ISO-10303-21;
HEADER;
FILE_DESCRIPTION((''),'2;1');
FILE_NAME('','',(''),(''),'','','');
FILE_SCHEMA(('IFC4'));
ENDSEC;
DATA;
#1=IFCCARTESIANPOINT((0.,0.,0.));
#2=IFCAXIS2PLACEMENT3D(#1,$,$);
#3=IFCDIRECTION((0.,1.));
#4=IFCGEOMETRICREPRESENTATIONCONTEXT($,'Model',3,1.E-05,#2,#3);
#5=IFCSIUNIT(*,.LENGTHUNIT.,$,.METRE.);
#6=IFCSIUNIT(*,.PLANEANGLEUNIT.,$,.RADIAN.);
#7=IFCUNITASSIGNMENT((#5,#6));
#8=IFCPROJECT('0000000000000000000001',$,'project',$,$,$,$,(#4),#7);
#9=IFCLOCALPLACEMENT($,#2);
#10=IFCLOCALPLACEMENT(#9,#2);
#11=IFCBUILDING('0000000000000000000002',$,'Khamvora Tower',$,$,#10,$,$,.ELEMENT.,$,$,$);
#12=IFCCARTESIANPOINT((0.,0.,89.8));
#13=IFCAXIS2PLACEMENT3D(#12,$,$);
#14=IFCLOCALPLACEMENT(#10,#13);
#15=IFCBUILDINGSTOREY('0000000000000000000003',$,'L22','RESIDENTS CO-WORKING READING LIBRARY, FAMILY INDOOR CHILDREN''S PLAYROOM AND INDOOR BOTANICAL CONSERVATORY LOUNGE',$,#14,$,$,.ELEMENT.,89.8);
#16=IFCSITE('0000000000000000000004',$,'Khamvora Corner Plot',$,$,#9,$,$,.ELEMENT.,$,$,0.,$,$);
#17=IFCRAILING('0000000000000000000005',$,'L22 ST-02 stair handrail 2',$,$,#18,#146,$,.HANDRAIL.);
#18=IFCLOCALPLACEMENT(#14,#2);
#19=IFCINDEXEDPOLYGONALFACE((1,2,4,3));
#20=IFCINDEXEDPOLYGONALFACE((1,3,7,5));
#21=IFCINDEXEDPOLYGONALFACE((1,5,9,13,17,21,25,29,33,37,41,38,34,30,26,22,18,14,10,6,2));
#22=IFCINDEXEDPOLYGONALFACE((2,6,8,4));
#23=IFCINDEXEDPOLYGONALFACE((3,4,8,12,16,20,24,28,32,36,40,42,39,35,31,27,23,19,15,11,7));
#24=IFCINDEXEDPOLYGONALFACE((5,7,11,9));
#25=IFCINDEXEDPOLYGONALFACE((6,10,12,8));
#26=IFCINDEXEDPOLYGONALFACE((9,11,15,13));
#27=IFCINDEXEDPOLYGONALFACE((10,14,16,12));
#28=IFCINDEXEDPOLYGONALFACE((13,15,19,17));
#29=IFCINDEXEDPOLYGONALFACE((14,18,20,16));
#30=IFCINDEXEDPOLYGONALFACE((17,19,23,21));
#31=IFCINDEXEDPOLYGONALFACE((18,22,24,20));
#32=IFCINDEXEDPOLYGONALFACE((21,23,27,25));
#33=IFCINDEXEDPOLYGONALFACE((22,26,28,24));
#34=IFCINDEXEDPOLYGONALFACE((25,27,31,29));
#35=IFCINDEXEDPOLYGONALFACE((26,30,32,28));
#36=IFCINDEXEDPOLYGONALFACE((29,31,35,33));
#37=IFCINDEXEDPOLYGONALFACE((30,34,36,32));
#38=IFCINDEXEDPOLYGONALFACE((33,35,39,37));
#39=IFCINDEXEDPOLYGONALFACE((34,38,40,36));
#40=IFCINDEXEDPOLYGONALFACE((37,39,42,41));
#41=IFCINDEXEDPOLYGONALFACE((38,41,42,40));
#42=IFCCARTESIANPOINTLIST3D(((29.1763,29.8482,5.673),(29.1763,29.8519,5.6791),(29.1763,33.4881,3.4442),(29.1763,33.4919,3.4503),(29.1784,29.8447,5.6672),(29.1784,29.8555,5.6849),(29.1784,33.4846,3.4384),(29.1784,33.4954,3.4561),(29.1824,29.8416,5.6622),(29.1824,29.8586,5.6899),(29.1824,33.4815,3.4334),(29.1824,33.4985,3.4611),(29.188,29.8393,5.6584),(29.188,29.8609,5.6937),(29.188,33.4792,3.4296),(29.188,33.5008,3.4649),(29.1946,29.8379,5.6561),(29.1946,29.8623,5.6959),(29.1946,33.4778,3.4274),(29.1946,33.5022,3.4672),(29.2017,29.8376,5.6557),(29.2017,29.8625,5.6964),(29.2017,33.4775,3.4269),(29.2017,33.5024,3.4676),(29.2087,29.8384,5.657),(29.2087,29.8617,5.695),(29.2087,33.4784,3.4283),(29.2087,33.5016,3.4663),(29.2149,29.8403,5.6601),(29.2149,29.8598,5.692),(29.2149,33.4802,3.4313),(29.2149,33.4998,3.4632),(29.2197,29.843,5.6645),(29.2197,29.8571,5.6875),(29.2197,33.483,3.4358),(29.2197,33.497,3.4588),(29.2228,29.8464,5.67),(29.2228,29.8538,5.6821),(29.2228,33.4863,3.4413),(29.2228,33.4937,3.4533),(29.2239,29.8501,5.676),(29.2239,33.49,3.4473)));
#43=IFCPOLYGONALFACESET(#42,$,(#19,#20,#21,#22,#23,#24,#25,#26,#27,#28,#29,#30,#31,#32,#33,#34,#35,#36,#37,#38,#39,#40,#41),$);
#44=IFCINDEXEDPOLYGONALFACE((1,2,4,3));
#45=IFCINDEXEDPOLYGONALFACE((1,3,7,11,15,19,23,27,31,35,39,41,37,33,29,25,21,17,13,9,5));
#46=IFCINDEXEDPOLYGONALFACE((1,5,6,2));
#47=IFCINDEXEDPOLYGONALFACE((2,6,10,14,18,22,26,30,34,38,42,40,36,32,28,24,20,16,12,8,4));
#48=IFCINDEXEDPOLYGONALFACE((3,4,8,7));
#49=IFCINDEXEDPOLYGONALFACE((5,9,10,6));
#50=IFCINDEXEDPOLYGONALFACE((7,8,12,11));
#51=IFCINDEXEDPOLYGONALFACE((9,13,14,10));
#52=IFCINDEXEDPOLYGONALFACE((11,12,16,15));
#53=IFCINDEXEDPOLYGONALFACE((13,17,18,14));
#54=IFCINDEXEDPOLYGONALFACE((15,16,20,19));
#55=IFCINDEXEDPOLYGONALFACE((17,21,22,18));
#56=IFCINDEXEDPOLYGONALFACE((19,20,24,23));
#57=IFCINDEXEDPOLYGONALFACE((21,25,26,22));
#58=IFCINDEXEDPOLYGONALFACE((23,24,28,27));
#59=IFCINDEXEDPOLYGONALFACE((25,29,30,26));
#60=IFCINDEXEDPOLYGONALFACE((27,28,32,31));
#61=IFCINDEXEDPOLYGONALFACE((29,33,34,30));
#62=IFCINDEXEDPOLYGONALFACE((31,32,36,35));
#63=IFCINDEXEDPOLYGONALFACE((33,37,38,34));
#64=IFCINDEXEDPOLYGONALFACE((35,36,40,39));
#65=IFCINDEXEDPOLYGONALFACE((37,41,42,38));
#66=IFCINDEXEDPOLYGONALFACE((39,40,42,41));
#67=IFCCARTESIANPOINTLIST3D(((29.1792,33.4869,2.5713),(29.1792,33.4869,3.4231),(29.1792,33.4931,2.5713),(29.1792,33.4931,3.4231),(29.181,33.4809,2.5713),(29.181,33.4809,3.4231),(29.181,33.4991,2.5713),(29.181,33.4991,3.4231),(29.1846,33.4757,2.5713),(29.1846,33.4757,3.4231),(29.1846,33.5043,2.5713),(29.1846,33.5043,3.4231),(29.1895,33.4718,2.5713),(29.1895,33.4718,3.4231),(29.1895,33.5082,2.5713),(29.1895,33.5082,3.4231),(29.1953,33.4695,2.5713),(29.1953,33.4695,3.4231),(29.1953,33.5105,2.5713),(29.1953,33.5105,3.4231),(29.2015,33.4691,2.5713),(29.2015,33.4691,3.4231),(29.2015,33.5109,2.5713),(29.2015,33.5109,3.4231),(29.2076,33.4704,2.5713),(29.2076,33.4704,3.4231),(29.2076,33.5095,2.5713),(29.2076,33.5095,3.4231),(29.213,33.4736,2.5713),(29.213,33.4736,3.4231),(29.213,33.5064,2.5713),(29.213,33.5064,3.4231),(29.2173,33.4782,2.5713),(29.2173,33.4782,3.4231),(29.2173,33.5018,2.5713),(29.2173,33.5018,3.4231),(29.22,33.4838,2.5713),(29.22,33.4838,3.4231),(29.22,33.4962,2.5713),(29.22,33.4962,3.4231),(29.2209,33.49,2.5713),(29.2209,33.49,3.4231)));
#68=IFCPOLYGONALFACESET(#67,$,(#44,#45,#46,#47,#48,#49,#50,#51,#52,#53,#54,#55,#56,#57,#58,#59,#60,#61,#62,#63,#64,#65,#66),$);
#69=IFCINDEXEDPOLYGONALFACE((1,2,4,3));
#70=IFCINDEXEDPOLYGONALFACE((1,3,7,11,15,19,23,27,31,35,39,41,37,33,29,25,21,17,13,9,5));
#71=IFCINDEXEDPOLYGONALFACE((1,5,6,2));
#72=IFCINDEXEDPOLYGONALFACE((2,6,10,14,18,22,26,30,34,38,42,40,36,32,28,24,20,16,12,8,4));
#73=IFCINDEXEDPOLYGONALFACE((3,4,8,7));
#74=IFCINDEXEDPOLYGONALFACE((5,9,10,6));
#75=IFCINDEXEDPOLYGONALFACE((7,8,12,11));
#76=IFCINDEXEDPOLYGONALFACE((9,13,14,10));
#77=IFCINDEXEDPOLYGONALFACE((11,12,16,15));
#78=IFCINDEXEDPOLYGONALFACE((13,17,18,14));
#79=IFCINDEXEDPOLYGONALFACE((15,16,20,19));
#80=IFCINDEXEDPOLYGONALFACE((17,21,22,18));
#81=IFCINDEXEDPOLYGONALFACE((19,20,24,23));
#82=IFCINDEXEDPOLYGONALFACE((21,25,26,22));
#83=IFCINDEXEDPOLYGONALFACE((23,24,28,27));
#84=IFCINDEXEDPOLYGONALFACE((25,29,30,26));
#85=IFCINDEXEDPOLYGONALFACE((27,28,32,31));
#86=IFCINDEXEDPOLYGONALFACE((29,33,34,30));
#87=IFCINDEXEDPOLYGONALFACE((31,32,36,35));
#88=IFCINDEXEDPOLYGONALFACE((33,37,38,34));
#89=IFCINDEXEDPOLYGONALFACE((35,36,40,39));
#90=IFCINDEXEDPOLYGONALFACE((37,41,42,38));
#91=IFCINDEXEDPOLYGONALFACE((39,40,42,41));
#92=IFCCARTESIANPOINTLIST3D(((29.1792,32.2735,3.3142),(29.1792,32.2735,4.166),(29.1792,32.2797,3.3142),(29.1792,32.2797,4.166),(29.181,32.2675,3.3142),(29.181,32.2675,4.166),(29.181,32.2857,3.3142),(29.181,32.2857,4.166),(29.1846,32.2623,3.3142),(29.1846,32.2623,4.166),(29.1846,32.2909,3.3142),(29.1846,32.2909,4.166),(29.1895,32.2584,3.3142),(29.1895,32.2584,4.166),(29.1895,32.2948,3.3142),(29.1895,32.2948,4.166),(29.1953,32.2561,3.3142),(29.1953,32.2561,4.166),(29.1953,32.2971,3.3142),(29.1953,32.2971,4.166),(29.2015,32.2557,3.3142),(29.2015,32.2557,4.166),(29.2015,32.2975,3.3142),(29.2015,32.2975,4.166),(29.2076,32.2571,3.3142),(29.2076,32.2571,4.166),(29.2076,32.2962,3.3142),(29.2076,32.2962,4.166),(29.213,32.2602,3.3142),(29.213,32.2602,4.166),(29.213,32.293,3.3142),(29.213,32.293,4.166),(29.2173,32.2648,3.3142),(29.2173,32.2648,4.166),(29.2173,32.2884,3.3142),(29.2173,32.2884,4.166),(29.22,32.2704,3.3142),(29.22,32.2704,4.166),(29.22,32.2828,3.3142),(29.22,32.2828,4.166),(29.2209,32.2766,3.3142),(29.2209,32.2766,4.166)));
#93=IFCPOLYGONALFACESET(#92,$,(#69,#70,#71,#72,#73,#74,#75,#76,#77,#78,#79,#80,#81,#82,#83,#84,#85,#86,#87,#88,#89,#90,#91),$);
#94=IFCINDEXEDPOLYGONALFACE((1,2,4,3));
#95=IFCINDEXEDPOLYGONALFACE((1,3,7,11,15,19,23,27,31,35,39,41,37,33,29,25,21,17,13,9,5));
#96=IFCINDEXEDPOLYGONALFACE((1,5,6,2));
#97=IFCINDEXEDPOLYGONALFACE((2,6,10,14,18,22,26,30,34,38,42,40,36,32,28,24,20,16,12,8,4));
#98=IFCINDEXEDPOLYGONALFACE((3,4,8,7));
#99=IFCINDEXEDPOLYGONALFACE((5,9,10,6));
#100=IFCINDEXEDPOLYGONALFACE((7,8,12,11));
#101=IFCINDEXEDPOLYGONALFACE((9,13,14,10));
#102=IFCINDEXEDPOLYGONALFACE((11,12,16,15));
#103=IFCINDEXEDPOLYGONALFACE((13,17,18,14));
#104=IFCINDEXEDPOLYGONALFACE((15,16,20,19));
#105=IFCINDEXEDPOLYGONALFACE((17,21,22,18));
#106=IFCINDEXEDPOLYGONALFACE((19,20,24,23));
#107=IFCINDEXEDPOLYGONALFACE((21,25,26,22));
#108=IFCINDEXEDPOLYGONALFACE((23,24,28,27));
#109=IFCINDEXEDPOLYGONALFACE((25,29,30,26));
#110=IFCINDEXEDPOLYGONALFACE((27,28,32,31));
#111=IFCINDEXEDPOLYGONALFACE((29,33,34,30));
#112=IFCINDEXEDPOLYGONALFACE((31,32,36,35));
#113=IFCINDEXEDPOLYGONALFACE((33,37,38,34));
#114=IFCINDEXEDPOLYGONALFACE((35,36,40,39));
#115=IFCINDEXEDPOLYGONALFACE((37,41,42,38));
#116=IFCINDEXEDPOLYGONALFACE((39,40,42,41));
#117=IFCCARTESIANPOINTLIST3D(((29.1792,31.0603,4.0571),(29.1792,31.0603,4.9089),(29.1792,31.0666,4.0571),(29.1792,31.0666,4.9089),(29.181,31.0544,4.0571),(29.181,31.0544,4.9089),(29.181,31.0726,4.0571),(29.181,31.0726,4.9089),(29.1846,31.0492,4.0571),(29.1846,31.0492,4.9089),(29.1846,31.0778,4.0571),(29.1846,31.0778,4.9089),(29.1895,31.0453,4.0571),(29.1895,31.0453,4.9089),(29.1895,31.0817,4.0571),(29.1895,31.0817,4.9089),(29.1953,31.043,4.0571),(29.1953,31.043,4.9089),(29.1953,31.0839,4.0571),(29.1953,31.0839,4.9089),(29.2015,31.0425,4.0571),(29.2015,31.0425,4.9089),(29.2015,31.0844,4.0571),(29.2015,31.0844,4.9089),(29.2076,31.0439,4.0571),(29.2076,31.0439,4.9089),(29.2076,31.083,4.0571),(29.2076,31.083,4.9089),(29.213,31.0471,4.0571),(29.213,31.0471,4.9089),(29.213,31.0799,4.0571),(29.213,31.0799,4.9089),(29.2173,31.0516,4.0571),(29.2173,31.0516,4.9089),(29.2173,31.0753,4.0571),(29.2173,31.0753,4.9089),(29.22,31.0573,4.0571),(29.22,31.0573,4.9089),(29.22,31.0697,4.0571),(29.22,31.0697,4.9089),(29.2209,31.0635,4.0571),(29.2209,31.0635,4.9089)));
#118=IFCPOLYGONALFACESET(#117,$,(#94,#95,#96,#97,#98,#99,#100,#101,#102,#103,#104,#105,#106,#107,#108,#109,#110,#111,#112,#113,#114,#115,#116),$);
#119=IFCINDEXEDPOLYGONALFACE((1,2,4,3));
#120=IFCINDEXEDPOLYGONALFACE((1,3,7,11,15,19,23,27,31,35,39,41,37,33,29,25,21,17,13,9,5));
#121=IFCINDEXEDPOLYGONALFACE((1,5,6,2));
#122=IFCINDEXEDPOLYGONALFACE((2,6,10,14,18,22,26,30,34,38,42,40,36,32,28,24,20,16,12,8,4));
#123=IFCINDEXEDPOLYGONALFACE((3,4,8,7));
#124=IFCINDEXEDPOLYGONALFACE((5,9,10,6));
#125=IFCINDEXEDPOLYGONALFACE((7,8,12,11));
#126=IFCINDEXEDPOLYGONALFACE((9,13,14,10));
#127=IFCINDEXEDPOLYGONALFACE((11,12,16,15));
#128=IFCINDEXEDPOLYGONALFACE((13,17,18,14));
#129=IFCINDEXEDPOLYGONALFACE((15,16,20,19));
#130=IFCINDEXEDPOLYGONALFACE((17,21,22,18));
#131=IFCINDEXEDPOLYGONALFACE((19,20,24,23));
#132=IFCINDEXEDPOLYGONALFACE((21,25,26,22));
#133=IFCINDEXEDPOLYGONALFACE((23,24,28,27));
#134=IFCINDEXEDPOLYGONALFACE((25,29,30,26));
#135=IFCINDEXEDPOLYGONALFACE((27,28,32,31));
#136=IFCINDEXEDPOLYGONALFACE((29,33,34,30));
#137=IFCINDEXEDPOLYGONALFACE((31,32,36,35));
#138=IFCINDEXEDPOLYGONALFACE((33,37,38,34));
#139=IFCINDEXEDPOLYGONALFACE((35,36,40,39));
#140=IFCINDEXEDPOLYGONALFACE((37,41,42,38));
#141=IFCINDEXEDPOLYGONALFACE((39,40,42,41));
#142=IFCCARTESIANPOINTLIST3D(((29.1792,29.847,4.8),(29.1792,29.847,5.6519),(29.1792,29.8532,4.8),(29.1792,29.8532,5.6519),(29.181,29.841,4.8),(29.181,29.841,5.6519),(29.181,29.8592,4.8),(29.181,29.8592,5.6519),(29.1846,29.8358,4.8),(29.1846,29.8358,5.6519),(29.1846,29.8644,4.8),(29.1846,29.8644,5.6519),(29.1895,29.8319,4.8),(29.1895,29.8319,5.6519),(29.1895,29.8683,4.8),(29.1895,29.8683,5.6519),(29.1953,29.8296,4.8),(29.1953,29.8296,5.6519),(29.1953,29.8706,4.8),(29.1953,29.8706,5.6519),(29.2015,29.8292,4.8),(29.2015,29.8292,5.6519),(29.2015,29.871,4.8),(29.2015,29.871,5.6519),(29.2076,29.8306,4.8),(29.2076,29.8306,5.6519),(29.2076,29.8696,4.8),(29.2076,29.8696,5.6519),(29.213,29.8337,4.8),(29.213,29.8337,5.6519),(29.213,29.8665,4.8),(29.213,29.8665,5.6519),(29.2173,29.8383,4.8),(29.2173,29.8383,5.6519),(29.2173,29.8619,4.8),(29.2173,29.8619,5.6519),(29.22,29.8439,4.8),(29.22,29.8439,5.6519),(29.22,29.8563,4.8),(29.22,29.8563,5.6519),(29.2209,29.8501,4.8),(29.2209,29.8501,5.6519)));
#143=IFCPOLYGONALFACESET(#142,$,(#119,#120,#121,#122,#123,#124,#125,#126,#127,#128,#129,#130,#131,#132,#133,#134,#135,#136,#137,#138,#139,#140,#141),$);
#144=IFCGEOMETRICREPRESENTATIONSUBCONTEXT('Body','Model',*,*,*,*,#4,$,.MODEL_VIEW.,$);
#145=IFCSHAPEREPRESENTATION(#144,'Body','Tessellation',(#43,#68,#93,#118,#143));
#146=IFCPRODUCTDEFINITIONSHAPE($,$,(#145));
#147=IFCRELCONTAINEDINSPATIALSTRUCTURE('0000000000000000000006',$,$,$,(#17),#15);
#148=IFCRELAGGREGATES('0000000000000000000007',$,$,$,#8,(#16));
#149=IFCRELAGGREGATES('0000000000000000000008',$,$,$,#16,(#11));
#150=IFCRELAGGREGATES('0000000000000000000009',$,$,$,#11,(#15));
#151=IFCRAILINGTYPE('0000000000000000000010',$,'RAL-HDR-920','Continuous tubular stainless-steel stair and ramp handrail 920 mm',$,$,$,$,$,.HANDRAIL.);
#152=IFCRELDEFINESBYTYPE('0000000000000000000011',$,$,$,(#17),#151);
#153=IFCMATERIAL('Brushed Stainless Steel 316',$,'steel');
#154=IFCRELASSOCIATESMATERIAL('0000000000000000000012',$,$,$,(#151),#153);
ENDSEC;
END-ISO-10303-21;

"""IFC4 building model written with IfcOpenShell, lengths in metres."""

from ifc_helpers import new_model, si_unit, direction, frame, origin, origin_2d, place, context, subcontext, project, spatial, circle, extrude, material, type_object, element, save


model = new_model("IFC4")

# Units and contexts
model_context = context("Model", 3, precision=1e-05, world=origin(), true_north=direction((0.0, 1.0)))
body_context = subcontext(model_context, "Body", "Model", "MODEL_VIEW")
ifc_project = project(units=[si_unit("LENGTHUNIT", "METRE"), si_unit("PLANEANGLEUNIT", "RADIAN")], contexts=[model_context])

# Site, building, storey
site_placement = place(None, origin())
site = spatial("IfcSite", under=ifc_project, at=site_placement, Name="Khamvora Corner Plot", CompositionType="ELEMENT", RefElevation=0.0)
building_placement = place(site_placement, origin())
building = spatial("IfcBuilding", under=site, at=building_placement, Name="Khamvora Tower", CompositionType="ELEMENT")
storey_placement = place(building_placement, frame((0.0, 0.0, 89.8)))
storey = spatial("IfcBuildingStorey", under=building, at=storey_placement, Name="L22", Description="RESIDENTS CO-WORKING READING LIBRARY, FAMILY INDOOR CHILDREN'S PLAYROOM AND INDOOR BOTANICAL CONSERVATORY LOUNGE", CompositionType="ELEMENT", Elevation=89.8)

# Railing
ifc_material_1 = material(Name="Brushed Stainless Steel 316", Category="steel")
railing_type_1 = type_object("IfcRailingType", Name="RAL-HDR-920", Description="Continuous tubular stainless-steel stair and ramp handrail 920 mm", PredefinedType="HANDRAIL", material=ifc_material_1)
railing_1_placement = place(storey_placement, frame((29.2, 33.49, 2.5713)))
element("IfcRailing", 1, at=railing_1_placement, inside=storey, type_object=railing_type_1, Name="L22 ST-02 stair handrail 2", PredefinedType="HANDRAIL", context=body_context, shape_type="SweptSolid", body=[
    extrude(circle(Radius=0.0239, at=origin_2d()), frame((0.0, 0.0, 0.876), z_axis=(0.0, -0.852825, 0.522197), x_axis=(1.0, 0.0, 0.0)), (0.0, 0.0, 1.0), 4.2681),
    extrude(circle(Radius=0.021, at=origin_2d()), origin(), (0.0, 0.0, 1.0), 0.8518),
    extrude(circle(Radius=0.021, at=origin_2d()), frame((0.0, -1.2134, 0.7429)), (0.0, 0.0, 1.0), 0.8518),
    extrude(circle(Radius=0.021, at=origin_2d()), frame((0.0, -2.4265, 1.4858)), (0.0, 0.0, 1.0), 0.8518),
    extrude(circle(Radius=0.021, at=origin_2d()), frame((0.0, -3.6399, 2.2288)), (0.0, 0.0, 1.0), 0.8518),
])

save(model, "model.ifc")
